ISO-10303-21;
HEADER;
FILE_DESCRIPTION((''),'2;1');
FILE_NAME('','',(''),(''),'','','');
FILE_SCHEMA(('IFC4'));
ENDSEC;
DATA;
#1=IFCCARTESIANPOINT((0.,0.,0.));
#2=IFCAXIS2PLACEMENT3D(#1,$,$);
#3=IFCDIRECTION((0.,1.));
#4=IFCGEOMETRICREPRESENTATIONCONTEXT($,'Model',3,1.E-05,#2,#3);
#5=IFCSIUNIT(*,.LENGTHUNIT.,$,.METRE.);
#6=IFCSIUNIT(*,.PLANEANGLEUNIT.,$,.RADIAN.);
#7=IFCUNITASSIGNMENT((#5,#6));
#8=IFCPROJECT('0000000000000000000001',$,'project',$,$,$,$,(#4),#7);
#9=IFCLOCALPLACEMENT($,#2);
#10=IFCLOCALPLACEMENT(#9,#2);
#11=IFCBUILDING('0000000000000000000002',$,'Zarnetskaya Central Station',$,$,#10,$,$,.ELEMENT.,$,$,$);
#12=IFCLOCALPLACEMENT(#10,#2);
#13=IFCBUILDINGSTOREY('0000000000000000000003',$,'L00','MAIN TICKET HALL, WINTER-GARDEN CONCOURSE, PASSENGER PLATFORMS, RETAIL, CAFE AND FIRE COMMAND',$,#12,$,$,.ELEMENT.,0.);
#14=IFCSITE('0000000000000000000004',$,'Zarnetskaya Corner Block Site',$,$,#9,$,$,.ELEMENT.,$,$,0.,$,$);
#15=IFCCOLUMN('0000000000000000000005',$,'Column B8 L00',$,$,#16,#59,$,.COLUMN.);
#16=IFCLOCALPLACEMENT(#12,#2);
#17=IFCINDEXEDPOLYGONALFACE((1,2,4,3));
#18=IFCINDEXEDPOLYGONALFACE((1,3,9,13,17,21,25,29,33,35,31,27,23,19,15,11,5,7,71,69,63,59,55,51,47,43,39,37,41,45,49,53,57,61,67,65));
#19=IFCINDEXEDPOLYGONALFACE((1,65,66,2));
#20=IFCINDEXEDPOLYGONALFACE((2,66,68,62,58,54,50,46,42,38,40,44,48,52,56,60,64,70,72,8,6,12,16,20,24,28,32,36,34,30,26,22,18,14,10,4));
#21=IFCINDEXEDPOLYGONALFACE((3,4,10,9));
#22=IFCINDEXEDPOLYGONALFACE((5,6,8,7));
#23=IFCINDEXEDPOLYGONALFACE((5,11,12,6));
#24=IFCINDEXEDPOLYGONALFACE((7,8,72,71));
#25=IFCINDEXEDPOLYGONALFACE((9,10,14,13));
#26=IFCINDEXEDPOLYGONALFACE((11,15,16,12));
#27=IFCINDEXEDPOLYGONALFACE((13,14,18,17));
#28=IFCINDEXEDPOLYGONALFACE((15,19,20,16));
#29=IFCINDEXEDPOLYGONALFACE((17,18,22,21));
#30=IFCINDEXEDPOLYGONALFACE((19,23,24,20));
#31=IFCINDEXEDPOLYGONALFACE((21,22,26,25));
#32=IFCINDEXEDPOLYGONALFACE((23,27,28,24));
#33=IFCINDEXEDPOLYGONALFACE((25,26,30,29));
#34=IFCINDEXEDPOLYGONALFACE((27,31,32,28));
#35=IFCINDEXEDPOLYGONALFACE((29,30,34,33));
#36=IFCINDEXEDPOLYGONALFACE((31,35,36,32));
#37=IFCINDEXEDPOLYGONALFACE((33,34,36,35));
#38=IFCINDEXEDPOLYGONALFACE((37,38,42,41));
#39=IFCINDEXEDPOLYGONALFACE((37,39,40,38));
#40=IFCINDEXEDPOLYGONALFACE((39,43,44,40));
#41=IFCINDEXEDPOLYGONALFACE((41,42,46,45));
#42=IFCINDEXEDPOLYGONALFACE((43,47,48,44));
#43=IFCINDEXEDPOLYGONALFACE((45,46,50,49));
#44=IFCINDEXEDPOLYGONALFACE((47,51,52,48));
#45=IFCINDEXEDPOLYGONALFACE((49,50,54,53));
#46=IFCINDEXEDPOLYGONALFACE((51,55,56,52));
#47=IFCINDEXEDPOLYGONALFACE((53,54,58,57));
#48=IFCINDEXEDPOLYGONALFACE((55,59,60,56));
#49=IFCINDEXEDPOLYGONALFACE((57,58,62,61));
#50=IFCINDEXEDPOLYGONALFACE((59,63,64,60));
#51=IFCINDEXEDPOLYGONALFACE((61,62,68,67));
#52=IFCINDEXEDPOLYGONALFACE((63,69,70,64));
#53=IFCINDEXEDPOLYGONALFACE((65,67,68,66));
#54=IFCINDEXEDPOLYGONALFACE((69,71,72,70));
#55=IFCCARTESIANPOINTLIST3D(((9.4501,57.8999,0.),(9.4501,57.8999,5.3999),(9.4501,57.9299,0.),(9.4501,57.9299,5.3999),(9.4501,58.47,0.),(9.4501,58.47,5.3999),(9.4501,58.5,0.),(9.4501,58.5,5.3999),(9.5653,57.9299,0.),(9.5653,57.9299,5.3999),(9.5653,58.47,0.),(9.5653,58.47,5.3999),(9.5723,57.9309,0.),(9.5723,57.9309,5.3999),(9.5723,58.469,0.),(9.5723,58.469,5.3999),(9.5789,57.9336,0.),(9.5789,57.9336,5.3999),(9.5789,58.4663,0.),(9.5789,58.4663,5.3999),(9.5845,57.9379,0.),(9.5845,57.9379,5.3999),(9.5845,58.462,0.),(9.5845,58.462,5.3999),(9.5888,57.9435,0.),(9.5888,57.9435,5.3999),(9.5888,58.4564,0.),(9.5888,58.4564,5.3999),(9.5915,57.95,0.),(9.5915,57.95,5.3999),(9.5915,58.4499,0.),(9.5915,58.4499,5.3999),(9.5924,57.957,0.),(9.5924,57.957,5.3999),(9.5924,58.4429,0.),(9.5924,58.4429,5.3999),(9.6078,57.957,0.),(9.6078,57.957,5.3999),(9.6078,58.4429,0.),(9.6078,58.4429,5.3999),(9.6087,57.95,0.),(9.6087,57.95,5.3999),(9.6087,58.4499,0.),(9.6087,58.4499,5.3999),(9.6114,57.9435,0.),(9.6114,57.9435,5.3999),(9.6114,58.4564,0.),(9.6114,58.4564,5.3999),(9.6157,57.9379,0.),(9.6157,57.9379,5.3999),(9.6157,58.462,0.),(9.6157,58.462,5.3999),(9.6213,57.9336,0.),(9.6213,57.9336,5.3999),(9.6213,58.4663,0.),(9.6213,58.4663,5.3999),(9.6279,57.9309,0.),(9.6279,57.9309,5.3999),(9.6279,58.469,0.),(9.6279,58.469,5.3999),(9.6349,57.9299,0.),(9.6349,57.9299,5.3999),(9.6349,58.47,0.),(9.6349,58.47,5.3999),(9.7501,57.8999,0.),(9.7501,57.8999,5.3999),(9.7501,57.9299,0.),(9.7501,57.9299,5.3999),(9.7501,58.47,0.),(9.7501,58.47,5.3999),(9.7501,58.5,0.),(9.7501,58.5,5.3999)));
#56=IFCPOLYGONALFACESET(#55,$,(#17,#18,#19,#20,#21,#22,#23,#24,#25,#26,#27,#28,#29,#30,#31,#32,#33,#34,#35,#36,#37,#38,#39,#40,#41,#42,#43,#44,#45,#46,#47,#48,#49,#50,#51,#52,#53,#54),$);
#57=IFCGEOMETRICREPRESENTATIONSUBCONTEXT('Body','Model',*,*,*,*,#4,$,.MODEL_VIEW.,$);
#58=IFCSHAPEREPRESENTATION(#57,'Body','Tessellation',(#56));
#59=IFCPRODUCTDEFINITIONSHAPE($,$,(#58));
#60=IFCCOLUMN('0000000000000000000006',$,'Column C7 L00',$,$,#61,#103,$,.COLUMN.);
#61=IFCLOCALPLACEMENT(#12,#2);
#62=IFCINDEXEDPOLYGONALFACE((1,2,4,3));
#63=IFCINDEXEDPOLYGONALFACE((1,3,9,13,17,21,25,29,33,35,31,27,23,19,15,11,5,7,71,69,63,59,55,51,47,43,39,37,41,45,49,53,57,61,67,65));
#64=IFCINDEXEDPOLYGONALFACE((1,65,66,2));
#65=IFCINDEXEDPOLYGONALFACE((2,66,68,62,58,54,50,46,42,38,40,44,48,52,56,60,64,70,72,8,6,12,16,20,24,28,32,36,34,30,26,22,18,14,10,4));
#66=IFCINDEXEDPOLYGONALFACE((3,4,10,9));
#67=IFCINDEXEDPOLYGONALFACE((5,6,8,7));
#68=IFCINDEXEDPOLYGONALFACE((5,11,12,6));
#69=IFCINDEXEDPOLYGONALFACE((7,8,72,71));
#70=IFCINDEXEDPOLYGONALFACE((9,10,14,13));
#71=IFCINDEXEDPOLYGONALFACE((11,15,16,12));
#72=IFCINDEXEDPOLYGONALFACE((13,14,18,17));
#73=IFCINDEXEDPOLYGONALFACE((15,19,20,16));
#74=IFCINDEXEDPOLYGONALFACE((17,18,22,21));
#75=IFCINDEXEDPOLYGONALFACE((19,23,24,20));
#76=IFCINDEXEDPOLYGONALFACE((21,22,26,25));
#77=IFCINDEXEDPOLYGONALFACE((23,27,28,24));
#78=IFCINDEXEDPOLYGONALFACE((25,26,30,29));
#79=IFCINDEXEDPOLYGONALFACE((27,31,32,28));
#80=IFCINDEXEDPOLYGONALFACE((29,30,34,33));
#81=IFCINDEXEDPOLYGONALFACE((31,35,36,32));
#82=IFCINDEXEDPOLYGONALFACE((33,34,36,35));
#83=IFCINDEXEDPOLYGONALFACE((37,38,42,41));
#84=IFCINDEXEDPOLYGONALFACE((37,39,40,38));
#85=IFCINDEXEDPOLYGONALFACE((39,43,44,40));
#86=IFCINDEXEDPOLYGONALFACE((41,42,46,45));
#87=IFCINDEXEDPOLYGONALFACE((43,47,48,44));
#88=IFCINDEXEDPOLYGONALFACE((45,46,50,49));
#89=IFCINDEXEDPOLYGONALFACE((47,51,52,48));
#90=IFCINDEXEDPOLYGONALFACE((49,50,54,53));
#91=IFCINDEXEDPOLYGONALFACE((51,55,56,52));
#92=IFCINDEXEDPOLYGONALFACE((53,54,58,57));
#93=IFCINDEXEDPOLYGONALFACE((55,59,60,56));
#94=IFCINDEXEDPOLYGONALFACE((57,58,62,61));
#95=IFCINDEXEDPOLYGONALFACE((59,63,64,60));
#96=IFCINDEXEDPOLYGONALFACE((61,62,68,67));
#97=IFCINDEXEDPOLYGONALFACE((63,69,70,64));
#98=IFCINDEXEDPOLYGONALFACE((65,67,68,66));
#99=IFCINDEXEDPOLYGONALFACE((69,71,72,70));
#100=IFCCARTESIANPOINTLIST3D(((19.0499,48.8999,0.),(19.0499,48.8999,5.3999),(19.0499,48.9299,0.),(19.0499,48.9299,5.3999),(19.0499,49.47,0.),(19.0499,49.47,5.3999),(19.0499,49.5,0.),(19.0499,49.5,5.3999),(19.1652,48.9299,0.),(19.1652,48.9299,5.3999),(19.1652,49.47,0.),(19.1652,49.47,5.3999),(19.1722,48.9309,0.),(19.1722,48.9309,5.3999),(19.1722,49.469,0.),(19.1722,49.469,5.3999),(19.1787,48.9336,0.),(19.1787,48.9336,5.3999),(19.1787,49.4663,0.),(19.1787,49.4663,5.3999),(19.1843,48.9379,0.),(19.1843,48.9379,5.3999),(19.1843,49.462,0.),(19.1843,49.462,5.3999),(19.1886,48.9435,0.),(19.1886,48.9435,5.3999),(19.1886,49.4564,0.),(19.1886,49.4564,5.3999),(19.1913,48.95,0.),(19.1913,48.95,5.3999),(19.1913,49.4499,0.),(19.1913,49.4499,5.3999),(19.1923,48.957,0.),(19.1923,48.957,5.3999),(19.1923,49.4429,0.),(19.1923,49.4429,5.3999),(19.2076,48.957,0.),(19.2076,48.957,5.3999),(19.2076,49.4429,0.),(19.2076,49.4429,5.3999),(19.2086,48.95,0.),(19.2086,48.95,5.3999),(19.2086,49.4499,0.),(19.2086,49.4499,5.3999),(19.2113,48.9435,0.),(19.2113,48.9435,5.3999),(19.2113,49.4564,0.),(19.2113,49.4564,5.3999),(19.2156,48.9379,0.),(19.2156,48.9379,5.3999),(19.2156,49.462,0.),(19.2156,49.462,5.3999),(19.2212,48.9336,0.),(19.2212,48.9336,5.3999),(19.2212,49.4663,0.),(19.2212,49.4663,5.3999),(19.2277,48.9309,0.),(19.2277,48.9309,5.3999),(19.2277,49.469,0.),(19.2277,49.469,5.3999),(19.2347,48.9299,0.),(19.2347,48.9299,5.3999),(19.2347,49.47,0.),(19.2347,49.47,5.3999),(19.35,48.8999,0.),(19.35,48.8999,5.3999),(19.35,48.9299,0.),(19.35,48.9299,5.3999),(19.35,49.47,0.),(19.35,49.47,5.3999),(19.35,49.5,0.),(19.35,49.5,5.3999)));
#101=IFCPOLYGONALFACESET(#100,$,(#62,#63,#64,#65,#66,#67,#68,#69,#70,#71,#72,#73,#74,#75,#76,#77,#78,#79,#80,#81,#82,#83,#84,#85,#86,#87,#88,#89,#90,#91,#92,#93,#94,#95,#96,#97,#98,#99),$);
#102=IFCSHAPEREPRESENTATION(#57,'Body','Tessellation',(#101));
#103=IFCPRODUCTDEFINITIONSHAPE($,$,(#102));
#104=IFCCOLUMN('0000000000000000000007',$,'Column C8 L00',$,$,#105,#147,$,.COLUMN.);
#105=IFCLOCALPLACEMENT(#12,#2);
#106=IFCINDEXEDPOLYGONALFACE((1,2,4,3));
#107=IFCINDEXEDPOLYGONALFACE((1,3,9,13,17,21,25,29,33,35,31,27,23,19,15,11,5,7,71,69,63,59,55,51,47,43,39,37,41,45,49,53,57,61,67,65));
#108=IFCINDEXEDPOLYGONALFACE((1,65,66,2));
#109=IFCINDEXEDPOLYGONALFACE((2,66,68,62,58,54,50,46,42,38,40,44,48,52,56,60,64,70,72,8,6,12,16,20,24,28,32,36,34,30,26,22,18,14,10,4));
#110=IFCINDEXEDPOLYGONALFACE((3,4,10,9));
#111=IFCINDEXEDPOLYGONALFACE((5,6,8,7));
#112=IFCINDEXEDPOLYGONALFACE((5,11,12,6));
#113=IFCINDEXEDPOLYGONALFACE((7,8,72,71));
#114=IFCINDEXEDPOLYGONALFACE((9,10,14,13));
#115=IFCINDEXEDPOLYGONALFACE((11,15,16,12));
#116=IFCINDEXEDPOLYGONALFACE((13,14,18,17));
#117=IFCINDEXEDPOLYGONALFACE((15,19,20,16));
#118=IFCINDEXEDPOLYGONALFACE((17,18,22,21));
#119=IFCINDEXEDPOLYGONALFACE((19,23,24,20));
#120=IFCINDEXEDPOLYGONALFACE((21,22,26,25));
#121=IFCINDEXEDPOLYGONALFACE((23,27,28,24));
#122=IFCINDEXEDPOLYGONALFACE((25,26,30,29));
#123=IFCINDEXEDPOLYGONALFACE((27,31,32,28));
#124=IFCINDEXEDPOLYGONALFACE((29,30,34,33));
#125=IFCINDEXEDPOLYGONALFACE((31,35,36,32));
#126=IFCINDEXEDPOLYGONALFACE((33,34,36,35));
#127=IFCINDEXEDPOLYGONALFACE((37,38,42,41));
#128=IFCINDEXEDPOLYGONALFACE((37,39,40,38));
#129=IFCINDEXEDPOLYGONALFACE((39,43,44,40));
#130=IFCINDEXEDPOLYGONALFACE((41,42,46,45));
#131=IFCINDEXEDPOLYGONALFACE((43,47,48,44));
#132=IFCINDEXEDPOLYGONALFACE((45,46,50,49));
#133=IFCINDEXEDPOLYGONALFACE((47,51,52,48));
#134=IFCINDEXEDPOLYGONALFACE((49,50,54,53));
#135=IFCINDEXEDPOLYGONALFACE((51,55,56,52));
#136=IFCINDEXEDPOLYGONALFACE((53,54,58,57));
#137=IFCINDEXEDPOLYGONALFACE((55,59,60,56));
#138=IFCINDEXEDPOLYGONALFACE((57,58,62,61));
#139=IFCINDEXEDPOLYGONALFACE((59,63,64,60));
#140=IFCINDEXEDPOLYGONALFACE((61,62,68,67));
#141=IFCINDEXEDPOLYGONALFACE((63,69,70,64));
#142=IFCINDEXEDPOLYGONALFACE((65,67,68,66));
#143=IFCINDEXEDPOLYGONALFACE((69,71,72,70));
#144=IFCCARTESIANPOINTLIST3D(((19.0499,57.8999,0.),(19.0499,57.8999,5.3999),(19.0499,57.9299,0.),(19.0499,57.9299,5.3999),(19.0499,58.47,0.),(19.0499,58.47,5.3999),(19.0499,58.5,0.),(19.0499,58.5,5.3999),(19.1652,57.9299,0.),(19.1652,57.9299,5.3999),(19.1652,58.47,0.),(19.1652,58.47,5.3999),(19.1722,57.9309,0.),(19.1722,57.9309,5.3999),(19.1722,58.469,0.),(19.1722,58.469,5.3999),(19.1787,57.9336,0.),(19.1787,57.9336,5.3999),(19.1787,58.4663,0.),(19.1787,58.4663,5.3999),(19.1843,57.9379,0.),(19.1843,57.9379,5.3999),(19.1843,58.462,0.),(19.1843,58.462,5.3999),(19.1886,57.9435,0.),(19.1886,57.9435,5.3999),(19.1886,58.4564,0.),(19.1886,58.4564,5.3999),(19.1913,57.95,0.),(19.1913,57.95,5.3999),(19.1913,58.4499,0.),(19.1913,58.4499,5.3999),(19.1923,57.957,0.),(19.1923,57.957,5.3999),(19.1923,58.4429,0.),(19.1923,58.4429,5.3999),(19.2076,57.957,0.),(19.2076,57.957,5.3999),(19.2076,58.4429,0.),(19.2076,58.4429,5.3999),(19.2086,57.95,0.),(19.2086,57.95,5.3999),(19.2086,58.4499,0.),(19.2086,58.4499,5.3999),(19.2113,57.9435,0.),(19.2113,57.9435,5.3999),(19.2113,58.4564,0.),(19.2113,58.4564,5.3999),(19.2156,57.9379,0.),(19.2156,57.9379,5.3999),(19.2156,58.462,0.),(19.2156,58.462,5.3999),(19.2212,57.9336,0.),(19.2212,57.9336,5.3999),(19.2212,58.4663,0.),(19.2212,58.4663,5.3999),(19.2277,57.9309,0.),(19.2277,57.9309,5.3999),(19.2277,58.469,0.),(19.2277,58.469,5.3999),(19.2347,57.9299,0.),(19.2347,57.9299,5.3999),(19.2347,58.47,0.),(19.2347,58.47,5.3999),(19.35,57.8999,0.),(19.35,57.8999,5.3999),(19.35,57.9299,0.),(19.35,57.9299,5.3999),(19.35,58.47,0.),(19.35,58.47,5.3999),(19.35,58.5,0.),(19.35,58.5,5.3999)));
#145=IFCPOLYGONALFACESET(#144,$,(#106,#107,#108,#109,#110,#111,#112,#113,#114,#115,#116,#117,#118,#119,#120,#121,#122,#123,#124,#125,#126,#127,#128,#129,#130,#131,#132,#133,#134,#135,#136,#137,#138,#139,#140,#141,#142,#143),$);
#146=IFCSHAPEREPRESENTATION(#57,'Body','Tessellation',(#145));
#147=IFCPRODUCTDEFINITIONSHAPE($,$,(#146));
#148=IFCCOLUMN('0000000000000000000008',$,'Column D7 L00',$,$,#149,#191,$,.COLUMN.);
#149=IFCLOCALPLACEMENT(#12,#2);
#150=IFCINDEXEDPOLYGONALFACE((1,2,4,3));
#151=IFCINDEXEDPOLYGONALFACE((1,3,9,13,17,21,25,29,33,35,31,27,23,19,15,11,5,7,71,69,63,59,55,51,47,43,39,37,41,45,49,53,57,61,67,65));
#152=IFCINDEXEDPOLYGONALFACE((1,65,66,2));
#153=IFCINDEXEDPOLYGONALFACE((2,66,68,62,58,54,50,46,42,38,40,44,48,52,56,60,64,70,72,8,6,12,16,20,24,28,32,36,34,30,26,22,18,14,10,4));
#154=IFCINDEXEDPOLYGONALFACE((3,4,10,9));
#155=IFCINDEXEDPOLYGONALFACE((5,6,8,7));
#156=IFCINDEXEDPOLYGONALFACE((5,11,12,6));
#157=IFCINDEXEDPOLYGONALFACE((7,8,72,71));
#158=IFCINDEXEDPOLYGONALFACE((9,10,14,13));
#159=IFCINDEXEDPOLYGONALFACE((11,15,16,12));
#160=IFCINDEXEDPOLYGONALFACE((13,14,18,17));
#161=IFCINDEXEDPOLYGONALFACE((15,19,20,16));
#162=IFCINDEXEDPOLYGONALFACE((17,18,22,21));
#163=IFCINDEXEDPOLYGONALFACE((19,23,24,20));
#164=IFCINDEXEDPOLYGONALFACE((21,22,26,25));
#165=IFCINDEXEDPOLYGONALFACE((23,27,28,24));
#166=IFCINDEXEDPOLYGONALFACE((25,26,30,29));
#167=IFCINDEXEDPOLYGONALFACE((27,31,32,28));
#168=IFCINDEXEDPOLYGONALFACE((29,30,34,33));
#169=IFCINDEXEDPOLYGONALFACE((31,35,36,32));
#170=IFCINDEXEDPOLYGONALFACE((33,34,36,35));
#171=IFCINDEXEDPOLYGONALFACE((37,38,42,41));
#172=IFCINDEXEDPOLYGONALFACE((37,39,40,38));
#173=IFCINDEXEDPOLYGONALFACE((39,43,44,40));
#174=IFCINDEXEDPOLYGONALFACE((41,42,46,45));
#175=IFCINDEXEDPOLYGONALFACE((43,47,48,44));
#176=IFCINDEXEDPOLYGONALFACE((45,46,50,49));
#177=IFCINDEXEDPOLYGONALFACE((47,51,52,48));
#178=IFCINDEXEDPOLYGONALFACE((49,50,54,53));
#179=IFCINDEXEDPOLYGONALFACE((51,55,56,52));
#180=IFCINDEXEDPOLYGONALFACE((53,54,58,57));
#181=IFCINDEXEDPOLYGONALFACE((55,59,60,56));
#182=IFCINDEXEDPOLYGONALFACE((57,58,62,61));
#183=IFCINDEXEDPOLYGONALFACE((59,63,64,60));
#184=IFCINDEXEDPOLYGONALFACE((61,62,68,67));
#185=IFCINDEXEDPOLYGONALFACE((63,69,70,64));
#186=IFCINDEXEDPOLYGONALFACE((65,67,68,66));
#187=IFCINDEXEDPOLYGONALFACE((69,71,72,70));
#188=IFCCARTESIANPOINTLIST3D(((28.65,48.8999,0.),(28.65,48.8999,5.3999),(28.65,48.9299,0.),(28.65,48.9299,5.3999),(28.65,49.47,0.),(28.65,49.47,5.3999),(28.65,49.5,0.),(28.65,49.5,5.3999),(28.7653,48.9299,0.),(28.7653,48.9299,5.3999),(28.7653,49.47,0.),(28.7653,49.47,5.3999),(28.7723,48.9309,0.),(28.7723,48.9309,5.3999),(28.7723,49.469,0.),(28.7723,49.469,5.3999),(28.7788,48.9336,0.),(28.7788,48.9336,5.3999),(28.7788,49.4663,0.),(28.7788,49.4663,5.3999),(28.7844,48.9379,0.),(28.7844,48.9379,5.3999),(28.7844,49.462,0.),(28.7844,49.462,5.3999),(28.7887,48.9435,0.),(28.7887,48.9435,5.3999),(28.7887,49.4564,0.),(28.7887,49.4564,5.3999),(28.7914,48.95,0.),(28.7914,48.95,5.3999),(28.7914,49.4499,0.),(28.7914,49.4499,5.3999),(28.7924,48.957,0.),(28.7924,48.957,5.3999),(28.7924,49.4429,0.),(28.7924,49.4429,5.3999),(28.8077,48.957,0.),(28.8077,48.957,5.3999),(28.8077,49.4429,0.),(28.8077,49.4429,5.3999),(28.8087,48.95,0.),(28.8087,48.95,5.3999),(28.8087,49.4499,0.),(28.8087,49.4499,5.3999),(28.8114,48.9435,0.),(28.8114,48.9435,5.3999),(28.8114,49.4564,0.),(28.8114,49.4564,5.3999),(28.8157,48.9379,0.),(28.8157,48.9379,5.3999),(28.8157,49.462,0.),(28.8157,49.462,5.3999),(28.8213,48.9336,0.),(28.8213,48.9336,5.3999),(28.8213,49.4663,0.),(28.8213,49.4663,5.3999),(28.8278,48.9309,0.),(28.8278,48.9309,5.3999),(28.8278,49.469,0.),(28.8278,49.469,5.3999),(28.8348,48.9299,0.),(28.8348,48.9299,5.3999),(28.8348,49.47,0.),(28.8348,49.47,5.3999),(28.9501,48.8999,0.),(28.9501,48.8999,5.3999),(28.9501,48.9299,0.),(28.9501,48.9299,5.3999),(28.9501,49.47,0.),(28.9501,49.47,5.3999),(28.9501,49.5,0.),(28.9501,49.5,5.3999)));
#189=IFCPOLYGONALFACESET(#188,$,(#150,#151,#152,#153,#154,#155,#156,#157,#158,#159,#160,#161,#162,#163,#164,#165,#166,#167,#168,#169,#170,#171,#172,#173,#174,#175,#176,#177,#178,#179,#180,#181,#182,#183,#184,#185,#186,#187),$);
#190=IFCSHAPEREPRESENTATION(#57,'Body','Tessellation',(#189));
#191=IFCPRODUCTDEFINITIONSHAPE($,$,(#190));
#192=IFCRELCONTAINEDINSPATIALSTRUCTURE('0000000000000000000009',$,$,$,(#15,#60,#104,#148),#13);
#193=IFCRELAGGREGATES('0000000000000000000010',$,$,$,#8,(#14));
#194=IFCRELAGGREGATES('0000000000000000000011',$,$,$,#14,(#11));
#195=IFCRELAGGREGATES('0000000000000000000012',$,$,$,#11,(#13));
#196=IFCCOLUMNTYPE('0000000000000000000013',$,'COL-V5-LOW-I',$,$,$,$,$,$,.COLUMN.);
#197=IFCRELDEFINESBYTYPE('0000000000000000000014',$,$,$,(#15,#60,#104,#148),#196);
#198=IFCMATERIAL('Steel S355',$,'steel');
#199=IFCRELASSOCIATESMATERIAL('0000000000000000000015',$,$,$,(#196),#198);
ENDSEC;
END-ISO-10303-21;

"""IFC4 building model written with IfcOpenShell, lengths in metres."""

from ifc_helpers import new_model, si_unit, direction, frame, origin, origin_2d, place, context, subcontext, project, spatial, i_section, extrude, material, material_profile, profile_set, type_object, element, save


model = new_model("IFC4")

# Units and contexts
model_context = context("Model", 3, precision=1e-05, world=origin(), true_north=direction((0.0, 1.0)))
body_context = subcontext(model_context, "Body", "Model", "MODEL_VIEW")
ifc_project = project(units=[si_unit("LENGTHUNIT", "METRE"), si_unit("PLANEANGLEUNIT", "RADIAN")], contexts=[model_context])

# Site, building, storey
site_placement = place(None, origin())
site = spatial("IfcSite", under=ifc_project, at=site_placement, Name="Zarnetskaya Corner Block Site", CompositionType="ELEMENT", RefElevation=0.0)
building_placement = place(site_placement, origin())
building = spatial("IfcBuilding", under=site, at=building_placement, Name="Zarnetskaya Central Station", CompositionType="ELEMENT")
storey_placement = place(building_placement, origin())
storey = spatial("IfcBuildingStorey", under=building, at=storey_placement, Name="L00", Description="MAIN TICKET HALL, WINTER-GARDEN CONCOURSE, PASSENGER PLATFORMS, RETAIL, CAFE AND FIRE COMMAND", CompositionType="ELEMENT", Elevation=0.0)

# Columns
ifc_material_1 = material(Name="Steel S355", Category="steel")
ifc_material_profile_1 = material_profile(ifc_material_1, i_section(OverallWidth=0.3, OverallDepth=0.6001, WebThickness=0.0154, FlangeThickness=0.03, FilletRadius=0.0271, at=origin_2d()), Name="HEB 600")
ifc_profile_set_1 = profile_set([ifc_material_profile_1], Name="Steel S355")
column_type = type_object("IfcColumnType", Name="COL-V5-LOW-I", PredefinedType="COLUMN", material=ifc_profile_set_1)
for number, where, z_axis, x_axis, name in (
    (1, (9.6001, 58.2, 0.0), (0.0, 0.0, 1.0), (1.0, 0.0, 0.0), "Column B8 L00"),
    (2, (19.2, 49.2, 0.0), (0.0, 0.0, 1.0), (1.0, 0.0, 0.0), "Column C7 L00"),
    (3, (19.2, 58.2, 0.0), (0.0, 0.0, 1.0), (1.0, 0.0, 0.0), "Column C8 L00"),
    (4, (28.8, 49.2, 0.0), (0.0, 0.0, 1.0), (1.0, 0.0, 0.0), "Column D7 L00"),
):
    element("IfcColumn", number, at=place(storey_placement, frame(where, z_axis=z_axis, x_axis=x_axis)), inside=storey, type_object=column_type, Name=name, PredefinedType="COLUMN", context=body_context, shape_type="SweptSolid", body=[
        extrude(i_section(OverallWidth=0.3, OverallDepth=0.6001, WebThickness=0.0154, FlangeThickness=0.03, FilletRadius=0.0271, at=origin_2d()), origin(), (0.0, 0.0, 1.0), 5.3999),
    ])

save(model, "model.ifc")
